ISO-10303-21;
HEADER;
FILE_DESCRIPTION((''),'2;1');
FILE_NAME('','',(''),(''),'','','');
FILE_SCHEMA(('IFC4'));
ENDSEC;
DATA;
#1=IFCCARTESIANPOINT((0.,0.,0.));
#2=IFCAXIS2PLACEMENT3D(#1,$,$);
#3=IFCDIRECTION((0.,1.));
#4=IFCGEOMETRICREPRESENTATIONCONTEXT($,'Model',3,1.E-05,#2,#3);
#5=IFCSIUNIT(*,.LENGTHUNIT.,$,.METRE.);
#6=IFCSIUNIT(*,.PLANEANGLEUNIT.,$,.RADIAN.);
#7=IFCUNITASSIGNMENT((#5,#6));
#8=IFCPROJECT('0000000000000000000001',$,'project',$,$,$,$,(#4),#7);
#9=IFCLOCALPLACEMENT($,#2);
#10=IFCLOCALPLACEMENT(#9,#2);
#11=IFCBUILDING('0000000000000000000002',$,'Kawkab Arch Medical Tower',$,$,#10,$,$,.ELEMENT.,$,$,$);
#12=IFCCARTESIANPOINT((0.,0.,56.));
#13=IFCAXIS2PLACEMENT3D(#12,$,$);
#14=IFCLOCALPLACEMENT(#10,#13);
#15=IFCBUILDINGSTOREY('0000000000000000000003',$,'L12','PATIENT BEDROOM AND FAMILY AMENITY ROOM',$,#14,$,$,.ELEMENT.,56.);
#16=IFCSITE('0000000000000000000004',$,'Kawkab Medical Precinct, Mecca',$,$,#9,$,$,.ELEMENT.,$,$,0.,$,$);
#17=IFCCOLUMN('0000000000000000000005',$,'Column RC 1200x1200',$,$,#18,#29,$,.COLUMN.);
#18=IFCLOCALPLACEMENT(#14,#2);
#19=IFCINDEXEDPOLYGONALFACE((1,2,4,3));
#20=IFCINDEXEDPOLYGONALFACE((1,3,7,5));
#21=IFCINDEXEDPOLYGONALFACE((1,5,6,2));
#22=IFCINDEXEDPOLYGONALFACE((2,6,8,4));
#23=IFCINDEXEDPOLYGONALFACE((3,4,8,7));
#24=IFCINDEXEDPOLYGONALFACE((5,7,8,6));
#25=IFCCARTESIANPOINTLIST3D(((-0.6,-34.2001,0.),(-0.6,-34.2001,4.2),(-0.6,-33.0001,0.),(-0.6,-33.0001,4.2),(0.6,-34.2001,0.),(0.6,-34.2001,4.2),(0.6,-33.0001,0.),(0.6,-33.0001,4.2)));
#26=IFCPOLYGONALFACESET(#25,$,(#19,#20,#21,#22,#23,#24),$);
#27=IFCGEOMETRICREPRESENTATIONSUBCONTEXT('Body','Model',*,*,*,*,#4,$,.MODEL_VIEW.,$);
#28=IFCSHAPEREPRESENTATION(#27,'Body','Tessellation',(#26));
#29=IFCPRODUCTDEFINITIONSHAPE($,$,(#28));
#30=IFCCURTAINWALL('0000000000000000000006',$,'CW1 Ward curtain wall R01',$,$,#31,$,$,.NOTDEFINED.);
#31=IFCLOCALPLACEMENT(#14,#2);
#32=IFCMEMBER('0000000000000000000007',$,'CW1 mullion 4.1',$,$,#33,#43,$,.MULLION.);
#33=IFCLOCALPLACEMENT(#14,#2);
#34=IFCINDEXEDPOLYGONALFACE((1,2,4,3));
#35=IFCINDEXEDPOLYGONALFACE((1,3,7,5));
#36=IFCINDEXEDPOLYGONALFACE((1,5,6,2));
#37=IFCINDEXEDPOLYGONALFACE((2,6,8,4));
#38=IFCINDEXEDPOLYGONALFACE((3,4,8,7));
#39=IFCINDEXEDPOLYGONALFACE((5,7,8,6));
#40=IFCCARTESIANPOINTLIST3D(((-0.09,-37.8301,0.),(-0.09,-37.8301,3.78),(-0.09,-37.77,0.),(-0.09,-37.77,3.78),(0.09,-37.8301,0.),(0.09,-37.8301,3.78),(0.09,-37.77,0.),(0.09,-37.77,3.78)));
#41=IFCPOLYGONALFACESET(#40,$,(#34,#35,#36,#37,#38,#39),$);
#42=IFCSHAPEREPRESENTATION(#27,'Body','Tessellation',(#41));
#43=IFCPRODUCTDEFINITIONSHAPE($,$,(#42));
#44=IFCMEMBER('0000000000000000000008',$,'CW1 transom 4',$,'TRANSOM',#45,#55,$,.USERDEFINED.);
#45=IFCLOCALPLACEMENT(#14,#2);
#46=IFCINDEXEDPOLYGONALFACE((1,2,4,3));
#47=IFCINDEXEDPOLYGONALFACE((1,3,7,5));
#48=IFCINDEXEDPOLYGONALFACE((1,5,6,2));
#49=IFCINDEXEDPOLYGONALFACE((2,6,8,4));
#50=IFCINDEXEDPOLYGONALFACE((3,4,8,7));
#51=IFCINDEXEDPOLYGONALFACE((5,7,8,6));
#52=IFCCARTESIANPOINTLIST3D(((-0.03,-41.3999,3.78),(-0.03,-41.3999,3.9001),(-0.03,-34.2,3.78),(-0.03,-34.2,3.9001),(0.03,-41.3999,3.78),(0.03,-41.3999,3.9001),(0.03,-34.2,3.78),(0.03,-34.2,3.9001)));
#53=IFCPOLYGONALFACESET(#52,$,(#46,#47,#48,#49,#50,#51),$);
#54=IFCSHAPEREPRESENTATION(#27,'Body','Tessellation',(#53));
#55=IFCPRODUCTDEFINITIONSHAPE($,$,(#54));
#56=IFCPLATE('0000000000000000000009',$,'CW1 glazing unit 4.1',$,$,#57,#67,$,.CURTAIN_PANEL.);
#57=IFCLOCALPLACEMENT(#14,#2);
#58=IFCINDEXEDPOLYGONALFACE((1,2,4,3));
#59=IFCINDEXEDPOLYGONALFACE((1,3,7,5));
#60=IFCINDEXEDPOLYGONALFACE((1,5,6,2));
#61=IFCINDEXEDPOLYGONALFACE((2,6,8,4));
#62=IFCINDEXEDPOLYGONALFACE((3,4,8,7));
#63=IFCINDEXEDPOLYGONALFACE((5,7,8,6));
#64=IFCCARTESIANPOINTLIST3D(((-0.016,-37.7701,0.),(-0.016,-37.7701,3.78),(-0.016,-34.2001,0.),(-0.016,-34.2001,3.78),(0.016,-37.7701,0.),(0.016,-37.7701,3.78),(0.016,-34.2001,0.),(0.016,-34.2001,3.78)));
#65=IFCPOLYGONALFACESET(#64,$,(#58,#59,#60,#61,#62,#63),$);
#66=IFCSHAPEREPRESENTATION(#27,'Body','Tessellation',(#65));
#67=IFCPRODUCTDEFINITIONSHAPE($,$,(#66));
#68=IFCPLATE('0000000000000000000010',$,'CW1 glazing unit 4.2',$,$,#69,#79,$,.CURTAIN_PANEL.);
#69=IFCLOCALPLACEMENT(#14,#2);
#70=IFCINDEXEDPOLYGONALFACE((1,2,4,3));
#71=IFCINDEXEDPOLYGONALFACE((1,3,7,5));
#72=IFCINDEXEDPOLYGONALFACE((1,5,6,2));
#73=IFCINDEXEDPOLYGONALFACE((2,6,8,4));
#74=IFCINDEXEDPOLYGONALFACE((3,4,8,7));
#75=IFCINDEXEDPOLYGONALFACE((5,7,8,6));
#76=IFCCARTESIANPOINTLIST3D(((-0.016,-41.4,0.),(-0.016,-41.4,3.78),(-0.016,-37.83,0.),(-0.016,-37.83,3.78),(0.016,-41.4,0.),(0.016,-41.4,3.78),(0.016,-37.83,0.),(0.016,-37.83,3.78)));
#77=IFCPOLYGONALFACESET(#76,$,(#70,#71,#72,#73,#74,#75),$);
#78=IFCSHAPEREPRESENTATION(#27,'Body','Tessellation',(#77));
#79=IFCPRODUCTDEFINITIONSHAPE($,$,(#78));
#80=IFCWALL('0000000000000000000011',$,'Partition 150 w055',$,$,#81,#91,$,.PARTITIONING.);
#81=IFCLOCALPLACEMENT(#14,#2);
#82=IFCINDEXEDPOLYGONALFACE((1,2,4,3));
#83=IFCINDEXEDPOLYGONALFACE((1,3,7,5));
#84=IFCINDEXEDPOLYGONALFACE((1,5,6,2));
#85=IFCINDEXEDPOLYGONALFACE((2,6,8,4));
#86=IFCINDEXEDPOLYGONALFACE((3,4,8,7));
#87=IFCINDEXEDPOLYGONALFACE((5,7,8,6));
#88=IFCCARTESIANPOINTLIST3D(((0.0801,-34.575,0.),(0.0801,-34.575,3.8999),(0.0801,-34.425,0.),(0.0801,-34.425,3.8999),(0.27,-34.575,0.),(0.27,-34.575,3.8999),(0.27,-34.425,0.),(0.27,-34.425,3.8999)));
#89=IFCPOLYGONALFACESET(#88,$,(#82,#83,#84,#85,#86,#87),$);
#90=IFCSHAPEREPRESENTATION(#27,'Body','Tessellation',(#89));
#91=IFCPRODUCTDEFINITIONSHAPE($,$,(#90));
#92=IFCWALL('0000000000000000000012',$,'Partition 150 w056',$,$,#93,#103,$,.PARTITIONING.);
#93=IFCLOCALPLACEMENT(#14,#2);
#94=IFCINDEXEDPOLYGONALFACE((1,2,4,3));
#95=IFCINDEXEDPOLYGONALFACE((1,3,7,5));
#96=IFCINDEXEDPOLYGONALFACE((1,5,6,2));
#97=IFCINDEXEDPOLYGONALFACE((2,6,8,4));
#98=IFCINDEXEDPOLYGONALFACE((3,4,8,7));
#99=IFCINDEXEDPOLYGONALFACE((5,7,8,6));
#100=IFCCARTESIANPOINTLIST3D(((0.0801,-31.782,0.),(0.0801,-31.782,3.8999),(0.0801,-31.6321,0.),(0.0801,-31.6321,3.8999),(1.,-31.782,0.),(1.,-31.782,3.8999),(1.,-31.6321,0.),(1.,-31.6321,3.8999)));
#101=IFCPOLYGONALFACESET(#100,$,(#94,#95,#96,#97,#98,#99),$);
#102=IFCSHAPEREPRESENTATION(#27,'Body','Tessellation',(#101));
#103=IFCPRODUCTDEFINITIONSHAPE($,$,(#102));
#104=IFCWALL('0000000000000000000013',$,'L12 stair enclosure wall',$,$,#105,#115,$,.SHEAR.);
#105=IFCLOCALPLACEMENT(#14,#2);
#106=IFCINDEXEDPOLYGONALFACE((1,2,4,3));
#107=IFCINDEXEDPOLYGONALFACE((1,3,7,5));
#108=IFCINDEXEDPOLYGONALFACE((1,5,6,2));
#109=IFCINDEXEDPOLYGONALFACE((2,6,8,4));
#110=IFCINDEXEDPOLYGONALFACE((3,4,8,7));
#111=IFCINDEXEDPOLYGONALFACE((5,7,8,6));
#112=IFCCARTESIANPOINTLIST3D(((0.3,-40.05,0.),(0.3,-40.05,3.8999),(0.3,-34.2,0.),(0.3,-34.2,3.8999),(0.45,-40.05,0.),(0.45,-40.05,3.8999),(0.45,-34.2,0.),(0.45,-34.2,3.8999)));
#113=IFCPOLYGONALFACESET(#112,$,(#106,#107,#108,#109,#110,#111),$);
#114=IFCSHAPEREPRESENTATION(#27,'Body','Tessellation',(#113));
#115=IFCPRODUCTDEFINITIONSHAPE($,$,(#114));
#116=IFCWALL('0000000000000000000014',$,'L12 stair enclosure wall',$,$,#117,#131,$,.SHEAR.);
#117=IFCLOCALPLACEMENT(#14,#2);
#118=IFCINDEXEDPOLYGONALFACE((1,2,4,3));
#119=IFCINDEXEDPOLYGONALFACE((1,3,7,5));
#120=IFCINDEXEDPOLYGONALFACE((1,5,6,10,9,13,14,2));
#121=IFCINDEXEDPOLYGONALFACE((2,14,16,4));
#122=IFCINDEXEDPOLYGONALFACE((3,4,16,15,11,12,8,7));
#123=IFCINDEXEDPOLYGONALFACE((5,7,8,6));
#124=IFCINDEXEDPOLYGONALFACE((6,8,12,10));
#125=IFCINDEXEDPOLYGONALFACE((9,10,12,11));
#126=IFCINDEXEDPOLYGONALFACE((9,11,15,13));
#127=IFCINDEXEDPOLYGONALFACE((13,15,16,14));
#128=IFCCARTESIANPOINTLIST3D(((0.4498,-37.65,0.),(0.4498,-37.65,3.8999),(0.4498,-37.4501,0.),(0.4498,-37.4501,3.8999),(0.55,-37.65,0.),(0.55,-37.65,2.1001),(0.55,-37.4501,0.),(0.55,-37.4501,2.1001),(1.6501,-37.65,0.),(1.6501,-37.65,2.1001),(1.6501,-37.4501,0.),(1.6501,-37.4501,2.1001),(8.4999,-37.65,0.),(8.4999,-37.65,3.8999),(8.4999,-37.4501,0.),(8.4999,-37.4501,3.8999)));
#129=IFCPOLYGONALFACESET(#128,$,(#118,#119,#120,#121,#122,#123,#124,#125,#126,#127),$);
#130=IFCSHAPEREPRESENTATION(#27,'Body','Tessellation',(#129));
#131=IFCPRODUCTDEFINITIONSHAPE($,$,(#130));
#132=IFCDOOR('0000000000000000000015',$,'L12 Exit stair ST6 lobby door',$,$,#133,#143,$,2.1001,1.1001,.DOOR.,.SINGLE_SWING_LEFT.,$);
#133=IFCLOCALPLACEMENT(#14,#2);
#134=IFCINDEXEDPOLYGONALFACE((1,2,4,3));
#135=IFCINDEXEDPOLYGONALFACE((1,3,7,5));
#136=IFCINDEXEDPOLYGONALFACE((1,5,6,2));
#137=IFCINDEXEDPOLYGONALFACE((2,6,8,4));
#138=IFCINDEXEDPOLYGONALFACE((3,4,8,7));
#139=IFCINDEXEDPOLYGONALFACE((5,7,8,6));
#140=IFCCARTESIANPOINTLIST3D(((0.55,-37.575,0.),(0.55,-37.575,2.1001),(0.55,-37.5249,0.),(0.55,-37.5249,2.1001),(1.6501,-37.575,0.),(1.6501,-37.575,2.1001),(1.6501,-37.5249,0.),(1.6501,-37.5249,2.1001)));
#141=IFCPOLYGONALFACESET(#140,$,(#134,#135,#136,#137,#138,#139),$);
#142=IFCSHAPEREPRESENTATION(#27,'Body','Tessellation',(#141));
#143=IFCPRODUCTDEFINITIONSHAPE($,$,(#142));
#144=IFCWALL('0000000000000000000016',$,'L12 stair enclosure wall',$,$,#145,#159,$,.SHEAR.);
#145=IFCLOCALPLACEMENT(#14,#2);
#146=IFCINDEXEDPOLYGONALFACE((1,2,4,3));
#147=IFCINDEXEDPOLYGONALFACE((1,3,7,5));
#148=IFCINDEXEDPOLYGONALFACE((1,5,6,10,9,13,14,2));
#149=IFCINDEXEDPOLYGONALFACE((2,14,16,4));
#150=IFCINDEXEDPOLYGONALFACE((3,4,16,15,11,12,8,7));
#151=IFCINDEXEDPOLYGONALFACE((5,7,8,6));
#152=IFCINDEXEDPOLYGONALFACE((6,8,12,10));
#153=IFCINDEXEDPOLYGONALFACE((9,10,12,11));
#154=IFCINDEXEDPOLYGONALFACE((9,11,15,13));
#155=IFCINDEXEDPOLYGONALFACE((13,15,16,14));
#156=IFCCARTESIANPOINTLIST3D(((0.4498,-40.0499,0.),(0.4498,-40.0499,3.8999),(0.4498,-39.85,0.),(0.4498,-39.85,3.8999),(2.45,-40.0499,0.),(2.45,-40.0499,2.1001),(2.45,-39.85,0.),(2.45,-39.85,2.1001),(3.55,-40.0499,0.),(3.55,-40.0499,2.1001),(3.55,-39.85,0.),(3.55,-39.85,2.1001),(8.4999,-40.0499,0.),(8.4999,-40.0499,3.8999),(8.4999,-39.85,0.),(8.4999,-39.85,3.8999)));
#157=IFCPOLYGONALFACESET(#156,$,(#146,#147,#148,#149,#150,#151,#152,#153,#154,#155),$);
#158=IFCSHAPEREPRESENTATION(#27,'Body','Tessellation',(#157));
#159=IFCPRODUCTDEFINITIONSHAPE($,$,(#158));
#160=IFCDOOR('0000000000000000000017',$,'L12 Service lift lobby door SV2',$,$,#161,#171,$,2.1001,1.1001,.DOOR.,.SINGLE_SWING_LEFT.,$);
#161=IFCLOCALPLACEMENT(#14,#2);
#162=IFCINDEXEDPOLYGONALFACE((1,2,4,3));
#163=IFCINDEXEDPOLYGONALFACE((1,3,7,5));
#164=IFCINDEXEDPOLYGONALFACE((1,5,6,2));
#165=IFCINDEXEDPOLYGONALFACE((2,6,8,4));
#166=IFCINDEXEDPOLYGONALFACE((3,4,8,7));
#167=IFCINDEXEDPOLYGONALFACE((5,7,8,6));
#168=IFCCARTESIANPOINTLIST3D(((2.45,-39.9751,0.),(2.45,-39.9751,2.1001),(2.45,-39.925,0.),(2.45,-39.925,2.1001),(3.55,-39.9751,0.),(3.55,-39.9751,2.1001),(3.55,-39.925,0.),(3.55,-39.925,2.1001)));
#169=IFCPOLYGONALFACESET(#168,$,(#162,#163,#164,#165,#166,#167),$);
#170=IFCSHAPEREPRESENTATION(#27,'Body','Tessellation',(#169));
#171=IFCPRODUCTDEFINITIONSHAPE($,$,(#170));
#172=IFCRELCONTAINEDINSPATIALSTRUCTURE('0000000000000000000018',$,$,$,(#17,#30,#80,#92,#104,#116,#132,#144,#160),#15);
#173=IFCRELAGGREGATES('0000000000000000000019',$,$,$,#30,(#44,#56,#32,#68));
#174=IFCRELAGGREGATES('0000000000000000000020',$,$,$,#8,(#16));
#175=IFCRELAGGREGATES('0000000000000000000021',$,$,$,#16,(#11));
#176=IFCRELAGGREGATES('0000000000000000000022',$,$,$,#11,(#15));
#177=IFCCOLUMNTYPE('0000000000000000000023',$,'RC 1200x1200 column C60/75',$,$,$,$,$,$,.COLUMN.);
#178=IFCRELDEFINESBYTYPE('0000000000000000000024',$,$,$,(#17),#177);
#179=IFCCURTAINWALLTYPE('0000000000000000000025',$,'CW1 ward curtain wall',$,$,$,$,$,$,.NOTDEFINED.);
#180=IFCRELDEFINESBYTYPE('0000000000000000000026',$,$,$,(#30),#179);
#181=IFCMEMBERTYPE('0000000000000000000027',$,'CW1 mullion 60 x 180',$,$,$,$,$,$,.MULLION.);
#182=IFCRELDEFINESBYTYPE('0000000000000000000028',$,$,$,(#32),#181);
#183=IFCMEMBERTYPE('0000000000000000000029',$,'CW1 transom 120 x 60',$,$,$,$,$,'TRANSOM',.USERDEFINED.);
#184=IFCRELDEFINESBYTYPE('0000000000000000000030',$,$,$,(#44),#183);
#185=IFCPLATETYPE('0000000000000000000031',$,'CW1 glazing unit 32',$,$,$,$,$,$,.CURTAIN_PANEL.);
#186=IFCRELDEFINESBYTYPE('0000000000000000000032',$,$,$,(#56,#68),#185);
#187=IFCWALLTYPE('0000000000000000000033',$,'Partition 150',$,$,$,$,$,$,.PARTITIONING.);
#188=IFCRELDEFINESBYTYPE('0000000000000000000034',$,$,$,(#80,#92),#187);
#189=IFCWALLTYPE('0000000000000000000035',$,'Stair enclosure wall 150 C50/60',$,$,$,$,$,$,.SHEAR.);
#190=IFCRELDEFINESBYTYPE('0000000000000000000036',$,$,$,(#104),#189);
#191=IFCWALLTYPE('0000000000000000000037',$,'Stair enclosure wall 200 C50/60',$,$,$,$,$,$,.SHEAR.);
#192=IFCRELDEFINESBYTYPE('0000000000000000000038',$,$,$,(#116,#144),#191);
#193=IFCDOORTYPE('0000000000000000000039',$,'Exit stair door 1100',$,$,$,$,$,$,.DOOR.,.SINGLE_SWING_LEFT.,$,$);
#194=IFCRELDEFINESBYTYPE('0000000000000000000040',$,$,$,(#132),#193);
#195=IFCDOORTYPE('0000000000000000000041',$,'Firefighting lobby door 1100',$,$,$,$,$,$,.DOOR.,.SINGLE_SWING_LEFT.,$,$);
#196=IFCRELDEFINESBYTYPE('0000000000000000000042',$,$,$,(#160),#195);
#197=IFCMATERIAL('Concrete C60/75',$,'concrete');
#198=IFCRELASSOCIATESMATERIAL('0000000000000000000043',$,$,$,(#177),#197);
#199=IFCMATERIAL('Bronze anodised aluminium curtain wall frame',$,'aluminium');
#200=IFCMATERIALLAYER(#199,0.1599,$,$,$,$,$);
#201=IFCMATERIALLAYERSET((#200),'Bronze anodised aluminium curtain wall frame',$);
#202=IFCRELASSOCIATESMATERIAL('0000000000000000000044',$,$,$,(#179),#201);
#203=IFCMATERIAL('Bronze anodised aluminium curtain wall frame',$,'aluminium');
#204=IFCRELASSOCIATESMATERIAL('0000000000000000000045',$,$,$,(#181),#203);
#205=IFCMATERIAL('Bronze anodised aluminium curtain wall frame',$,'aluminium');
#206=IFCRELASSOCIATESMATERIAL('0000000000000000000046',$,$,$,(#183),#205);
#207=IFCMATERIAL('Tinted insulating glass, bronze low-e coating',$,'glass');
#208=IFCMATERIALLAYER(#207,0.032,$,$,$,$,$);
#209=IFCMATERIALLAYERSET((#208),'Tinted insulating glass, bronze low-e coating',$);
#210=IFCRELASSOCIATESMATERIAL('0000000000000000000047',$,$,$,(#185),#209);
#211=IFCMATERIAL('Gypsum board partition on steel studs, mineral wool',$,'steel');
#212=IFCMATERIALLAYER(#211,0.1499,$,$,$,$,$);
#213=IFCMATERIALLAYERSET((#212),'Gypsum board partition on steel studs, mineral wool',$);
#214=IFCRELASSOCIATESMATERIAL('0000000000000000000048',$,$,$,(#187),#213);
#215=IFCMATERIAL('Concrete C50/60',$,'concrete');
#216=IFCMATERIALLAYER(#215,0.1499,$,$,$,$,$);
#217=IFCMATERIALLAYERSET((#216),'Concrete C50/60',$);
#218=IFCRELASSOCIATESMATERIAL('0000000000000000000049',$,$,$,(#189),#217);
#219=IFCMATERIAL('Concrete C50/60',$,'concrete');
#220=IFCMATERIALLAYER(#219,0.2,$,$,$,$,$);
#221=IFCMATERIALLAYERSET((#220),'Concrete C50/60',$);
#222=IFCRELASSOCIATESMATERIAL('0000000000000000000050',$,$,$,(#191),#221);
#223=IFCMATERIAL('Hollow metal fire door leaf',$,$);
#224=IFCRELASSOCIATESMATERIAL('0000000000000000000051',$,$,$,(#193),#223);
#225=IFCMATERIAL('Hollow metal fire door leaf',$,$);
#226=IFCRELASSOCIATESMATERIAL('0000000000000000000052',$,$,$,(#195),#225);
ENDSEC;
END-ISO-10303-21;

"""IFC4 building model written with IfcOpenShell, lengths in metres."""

from ifc_helpers import new_model, si_unit, direction, frame, frame_2d, origin, origin_2d, place, context, subcontext, project, spatial, rectangle, extrude, material, layer, layer_set, material_profile, profile_set, type_object, element, fill, aggregate, save


model = new_model("IFC4")

# Units and contexts
model_context = context("Model", 3, precision=1e-05, world=origin(), true_north=direction((0.0, 1.0)))
body_context = subcontext(model_context, "Body", "Model", "MODEL_VIEW")
ifc_project = project(units=[si_unit("LENGTHUNIT", "METRE"), si_unit("PLANEANGLEUNIT", "RADIAN")], contexts=[model_context])

# Site, building, storey
site_placement = place(None, origin())
site = spatial("IfcSite", under=ifc_project, at=site_placement, Name="Kawkab Medical Precinct, Mecca", CompositionType="ELEMENT", RefElevation=0.0)
building_placement = place(site_placement, origin())
building = spatial("IfcBuilding", under=site, at=building_placement, Name="Kawkab Arch Medical Tower", CompositionType="ELEMENT")
storey_placement = place(building_placement, frame((0.0, 0.0, 56.0)))
storey = spatial("IfcBuildingStorey", under=building, at=storey_placement, Name="L12", Description="PATIENT BEDROOM AND FAMILY AMENITY ROOM", CompositionType="ELEMENT", Elevation=56.0)

# Column
ifc_material_1 = material(Name="Concrete C60/75", Category="concrete")
ifc_material_profile_1 = material_profile(ifc_material_1, rectangle(XDim=1.2, YDim=1.2, at=origin_2d()), Name="RC 1200x1200")
ifc_profile_set_1 = profile_set([ifc_material_profile_1], Name="Concrete C60/75")
column_type = type_object("IfcColumnType", Name="RC 1200x1200 column C60/75", PredefinedType="COLUMN", material=ifc_profile_set_1)
column_placement = place(storey_placement, frame((0.0, -33.6001, 0.0), z_axis=(0.0, 0.0, 1.0), x_axis=(1.0, 0.0, 0.0)))
element("IfcColumn", 1, at=column_placement, inside=storey, type_object=column_type, Name="Column RC 1200x1200", PredefinedType="COLUMN", context=body_context, shape_type="SweptSolid", body=[
    extrude(rectangle(XDim=1.2, YDim=1.2, at=origin_2d()), origin(), (0.0, 0.0, 1.0), 4.2),
])

# Curtain wall, members, plates
ifc_material_2 = material(Name="Bronze anodised aluminium curtain wall frame", Category="aluminium")
ifc_layer_1 = layer(ifc_material_2, 0.1599)
ifc_layer_set_1 = layer_set([ifc_layer_1], Name="Bronze anodised aluminium curtain wall frame")
curtain_wall_type = type_object("IfcCurtainWallType", Name="CW1 ward curtain wall", PredefinedType="NOTDEFINED", material=ifc_layer_set_1)
curtain_wall_placement = place(storey_placement, origin())
curtain_wall = element("IfcCurtainWall", 2, at=curtain_wall_placement, inside=storey, type_object=curtain_wall_type, Name="CW1 Ward curtain wall R01", PredefinedType="NOTDEFINED")
ifc_material_3 = material(Name="Bronze anodised aluminium curtain wall frame", Category="aluminium")
ifc_material_profile_2 = material_profile(ifc_material_3, rectangle(XDim=0.1799, YDim=0.0601, at=origin_2d()), Name="AL 60x180")
ifc_profile_set_2 = profile_set([ifc_material_profile_2], Name="Bronze anodised aluminium curtain wall frame")
member_type_1 = type_object("IfcMemberType", Name="CW1 mullion 60 x 180", PredefinedType="MULLION", material=ifc_profile_set_2)
member_1_placement = place(storey_placement, frame((0.0, -37.8, 0.0), z_axis=(0.0, 0.0, 1.0), x_axis=(1.0, 0.0, 0.0)))
member_1 = element("IfcMember", 3, at=member_1_placement, type_object=member_type_1, Name="CW1 mullion 4.1", PredefinedType="MULLION", context=body_context, shape_type="SweptSolid", body=[
    extrude(rectangle(XDim=0.1799, YDim=0.0601, at=origin_2d()), origin(), (0.0, 0.0, 1.0), 3.78),
])
ifc_material_4 = material(Name="Bronze anodised aluminium curtain wall frame", Category="aluminium")
ifc_material_profile_3 = material_profile(ifc_material_4, rectangle(XDim=0.0601, YDim=0.1201, at=origin_2d()), Name="AL 60x120")
ifc_profile_set_3 = profile_set([ifc_material_profile_3], Name="Bronze anodised aluminium curtain wall frame")
member_type_2 = type_object("IfcMemberType", Name="CW1 transom 120 x 60", ElementType="TRANSOM", PredefinedType="USERDEFINED", material=ifc_profile_set_3)
member_2_placement = place(storey_placement, frame((0.0, -34.2, 3.8401), z_axis=(0.0, -1.0, 0.0), x_axis=(1.0, 0.0, 0.0)))
member_2 = element("IfcMember", 4, at=member_2_placement, type_object=member_type_2, Name="CW1 transom 4", ObjectType="TRANSOM", PredefinedType="USERDEFINED", context=body_context, shape_type="SweptSolid", body=[
    extrude(rectangle(XDim=0.0601, YDim=0.1201, at=origin_2d()), origin(), (0.0, 0.0, 1.0), 7.2),
])
ifc_material_5 = material(Name="Tinted insulating glass, bronze low-e coating", Category="glass")
ifc_layer_2 = layer(ifc_material_5, 0.032)
ifc_layer_set_2 = layer_set([ifc_layer_2], Name="Tinted insulating glass, bronze low-e coating")
plate_type = type_object("IfcPlateType", Name="CW1 glazing unit 32", PredefinedType="CURTAIN_PANEL", material=ifc_layer_set_2)
plate_1_placement = place(storey_placement, frame((0.0, -35.9851, 0.0), z_axis=(0.0, 0.0, 1.0), x_axis=(0.0, -1.0, 0.0)))
plate_1 = element("IfcPlate", 5, at=plate_1_placement, type_object=plate_type, Name="CW1 glazing unit 4.1", PredefinedType="CURTAIN_PANEL", context=body_context, shape_type="SweptSolid", body=[
    extrude(rectangle(XDim=3.5701, YDim=0.032, at=origin_2d()), origin(), (0.0, 0.0, 1.0), 3.78),
])
plate_2_placement = place(storey_placement, frame((0.0, -39.615, 0.0), z_axis=(0.0, 0.0, 1.0), x_axis=(0.0, -1.0, 0.0)))
plate_2 = element("IfcPlate", 6, at=plate_2_placement, type_object=plate_type, Name="CW1 glazing unit 4.2", PredefinedType="CURTAIN_PANEL", context=body_context, shape_type="SweptSolid", body=[
    extrude(rectangle(XDim=3.5701, YDim=0.032, at=origin_2d()), origin(), (0.0, 0.0, 1.0), 3.78),
])
aggregate(curtain_wall, [member_2, plate_1, member_1, plate_2])

# Walls
ifc_material_6 = material(Name="Gypsum board partition on steel studs, mineral wool", Category="steel")
ifc_layer_3 = layer(ifc_material_6, 0.1499)
ifc_layer_set_3 = layer_set([ifc_layer_3], Name="Gypsum board partition on steel studs, mineral wool")
wall_type_1 = type_object("IfcWallType", Name="Partition 150", PredefinedType="PARTITIONING", material=ifc_layer_set_3)
wall_1_placement = place(storey_placement, frame((0.0801, -34.5, 0.0), z_axis=(0.0, 0.0, 1.0), x_axis=(1.0, 0.0, 0.0)))
element("IfcWall", 7, at=wall_1_placement, inside=storey, type_object=wall_type_1, Name="Partition 150 w055", PredefinedType="PARTITIONING", context=body_context, shape_type="SweptSolid", body=[
    extrude(rectangle(XDim=0.1899, YDim=0.1499, at=frame_2d((0.095, 0.0))), origin(), (0.0, 0.0, 1.0), 3.8999),
])
wall_2_placement = place(storey_placement, frame((0.0801, -31.707, 0.0), z_axis=(0.0, 0.0, 1.0), x_axis=(1.0, 0.0, 0.0)))
element("IfcWall", 8, at=wall_2_placement, inside=storey, type_object=wall_type_1, Name="Partition 150 w056", PredefinedType="PARTITIONING", context=body_context, shape_type="SweptSolid", body=[
    extrude(rectangle(XDim=0.9199, YDim=0.1499, at=frame_2d((0.46, 0.0))), origin(), (0.0, 0.0, 1.0), 3.8999),
])
ifc_material_7 = material(Name="Concrete C50/60", Category="concrete")
ifc_layer_4 = layer(ifc_material_7, 0.1499)
ifc_layer_set_4 = layer_set([ifc_layer_4], Name="Concrete C50/60")
wall_type_2 = type_object("IfcWallType", Name="Stair enclosure wall 150 C50/60", PredefinedType="SHEAR", material=ifc_layer_set_4)
wall_3_placement = place(storey_placement, frame((0.375, -40.05, 0.0), z_axis=(0.0, 0.0, 1.0), x_axis=(0.0, 1.0, 0.0)))
element("IfcWall", 9, at=wall_3_placement, inside=storey, type_object=wall_type_2, Name="L12 stair enclosure wall", PredefinedType="SHEAR", context=body_context, shape_type="SweptSolid", body=[
    extrude(rectangle(XDim=5.8501, YDim=0.1499, at=frame_2d((2.925, 0.0))), origin(), (0.0, 0.0, 1.0), 3.8999),
])

# Walls, openings, doors
ifc_material_8 = material(Name="Concrete C50/60", Category="concrete")
ifc_layer_5 = layer(ifc_material_8, 0.2)
ifc_layer_set_5 = layer_set([ifc_layer_5], Name="Concrete C50/60")
wall_type_3 = type_object("IfcWallType", Name="Stair enclosure wall 200 C50/60", PredefinedType="SHEAR", material=ifc_layer_set_5)
wall_4_placement = place(storey_placement, frame((0.45, -37.55, 0.0), z_axis=(0.0, 0.0, 1.0), x_axis=(1.0, 0.0, 0.0)))
wall_4 = element("IfcWall", 10, at=wall_4_placement, inside=storey, type_object=wall_type_3, Name="L12 stair enclosure wall", PredefinedType="SHEAR", context=body_context, shape_type="SweptSolid", body=[
    extrude(rectangle(XDim=8.05, YDim=0.2, at=frame_2d((4.0249, 0.0))), origin(), (0.0, 0.0, 1.0), 3.8999),
])
opening_1_placement = place(wall_4_placement, frame((0.1001, 0.0, 0.0)))
opening_1 = element("IfcOpeningElement", 11, at=opening_1_placement, cuts=wall_4, PredefinedType="OPENING", context=body_context, shape_type="SweptSolid", body=[
    extrude(rectangle(XDim=1.1001, YDim=2.1001, at=frame_2d((0.55, 1.05))), frame((0.0, 0.1099, 0.0), z_axis=(0.0, -1.0, 0.0), x_axis=(1.0, 0.0, 0.0)), (0.0, 0.0, 1.0), 0.22),
])
ifc_material_9 = material(Name="Hollow metal fire door leaf")
door_type_1 = type_object("IfcDoorType", Name="Exit stair door 1100", OperationType="SINGLE_SWING_LEFT", PredefinedType="DOOR", material=ifc_material_9)
door_1_placement = place(opening_1_placement, frame((1.1001, 0.0, 0.0), z_axis=(0.0, 0.0, 1.0), x_axis=(-1.0, 0.0, 0.0)))
door_1 = element("IfcDoor", 12, at=door_1_placement, inside=storey, type_object=door_type_1, Name="L12 Exit stair ST6 lobby door", OperationType="SINGLE_SWING_LEFT", OverallHeight=2.1001, OverallWidth=1.1001, PredefinedType="DOOR", context=body_context, shape_type="SweptSolid", body=[
    extrude(rectangle(XDim=1.1001, YDim=2.1001, at=frame_2d((0.55, 1.05))), frame((0.0, 0.0249, 0.0), z_axis=(0.0, -1.0, 0.0), x_axis=(1.0, 0.0, 0.0)), (0.0, 0.0, 1.0), 0.05),
])
fill(opening_1, door_1)
wall_5_placement = place(storey_placement, frame((0.45, -39.95, 0.0), z_axis=(0.0, 0.0, 1.0), x_axis=(1.0, 0.0, 0.0)))
wall_5 = element("IfcWall", 13, at=wall_5_placement, inside=storey, type_object=wall_type_3, Name="L12 stair enclosure wall", PredefinedType="SHEAR", context=body_context, shape_type="SweptSolid", body=[
    extrude(rectangle(XDim=8.05, YDim=0.2, at=frame_2d((4.0249, 0.0))), origin(), (0.0, 0.0, 1.0), 3.8999),
])
opening_2_placement = place(wall_5_placement, frame((2.0, 0.0, 0.0)))
opening_2 = element("IfcOpeningElement", 14, at=opening_2_placement, cuts=wall_5, PredefinedType="OPENING", context=body_context, shape_type="SweptSolid", body=[
    extrude(rectangle(XDim=1.1001, YDim=2.1001, at=frame_2d((0.55, 1.05))), frame((0.0, 0.1099, 0.0), z_axis=(0.0, -1.0, 0.0), x_axis=(1.0, 0.0, 0.0)), (0.0, 0.0, 1.0), 0.22),
])
ifc_material_10 = material(Name="Hollow metal fire door leaf")
door_type_2 = type_object("IfcDoorType", Name="Firefighting lobby door 1100", OperationType="SINGLE_SWING_LEFT", PredefinedType="DOOR", material=ifc_material_10)
door_2_placement = place(opening_2_placement, origin())
door_2 = element("IfcDoor", 15, at=door_2_placement, inside=storey, type_object=door_type_2, Name="L12 Service lift lobby door SV2", OperationType="SINGLE_SWING_LEFT", OverallHeight=2.1001, OverallWidth=1.1001, PredefinedType="DOOR", context=body_context, shape_type="SweptSolid", body=[
    extrude(rectangle(XDim=1.1001, YDim=2.1001, at=frame_2d((0.55, 1.05))), frame((0.0, 0.0249, 0.0), z_axis=(0.0, -1.0, 0.0), x_axis=(1.0, 0.0, 0.0)), (0.0, 0.0, 1.0), 0.05),
])
fill(opening_2, door_2)

save(model, "model.ifc")
